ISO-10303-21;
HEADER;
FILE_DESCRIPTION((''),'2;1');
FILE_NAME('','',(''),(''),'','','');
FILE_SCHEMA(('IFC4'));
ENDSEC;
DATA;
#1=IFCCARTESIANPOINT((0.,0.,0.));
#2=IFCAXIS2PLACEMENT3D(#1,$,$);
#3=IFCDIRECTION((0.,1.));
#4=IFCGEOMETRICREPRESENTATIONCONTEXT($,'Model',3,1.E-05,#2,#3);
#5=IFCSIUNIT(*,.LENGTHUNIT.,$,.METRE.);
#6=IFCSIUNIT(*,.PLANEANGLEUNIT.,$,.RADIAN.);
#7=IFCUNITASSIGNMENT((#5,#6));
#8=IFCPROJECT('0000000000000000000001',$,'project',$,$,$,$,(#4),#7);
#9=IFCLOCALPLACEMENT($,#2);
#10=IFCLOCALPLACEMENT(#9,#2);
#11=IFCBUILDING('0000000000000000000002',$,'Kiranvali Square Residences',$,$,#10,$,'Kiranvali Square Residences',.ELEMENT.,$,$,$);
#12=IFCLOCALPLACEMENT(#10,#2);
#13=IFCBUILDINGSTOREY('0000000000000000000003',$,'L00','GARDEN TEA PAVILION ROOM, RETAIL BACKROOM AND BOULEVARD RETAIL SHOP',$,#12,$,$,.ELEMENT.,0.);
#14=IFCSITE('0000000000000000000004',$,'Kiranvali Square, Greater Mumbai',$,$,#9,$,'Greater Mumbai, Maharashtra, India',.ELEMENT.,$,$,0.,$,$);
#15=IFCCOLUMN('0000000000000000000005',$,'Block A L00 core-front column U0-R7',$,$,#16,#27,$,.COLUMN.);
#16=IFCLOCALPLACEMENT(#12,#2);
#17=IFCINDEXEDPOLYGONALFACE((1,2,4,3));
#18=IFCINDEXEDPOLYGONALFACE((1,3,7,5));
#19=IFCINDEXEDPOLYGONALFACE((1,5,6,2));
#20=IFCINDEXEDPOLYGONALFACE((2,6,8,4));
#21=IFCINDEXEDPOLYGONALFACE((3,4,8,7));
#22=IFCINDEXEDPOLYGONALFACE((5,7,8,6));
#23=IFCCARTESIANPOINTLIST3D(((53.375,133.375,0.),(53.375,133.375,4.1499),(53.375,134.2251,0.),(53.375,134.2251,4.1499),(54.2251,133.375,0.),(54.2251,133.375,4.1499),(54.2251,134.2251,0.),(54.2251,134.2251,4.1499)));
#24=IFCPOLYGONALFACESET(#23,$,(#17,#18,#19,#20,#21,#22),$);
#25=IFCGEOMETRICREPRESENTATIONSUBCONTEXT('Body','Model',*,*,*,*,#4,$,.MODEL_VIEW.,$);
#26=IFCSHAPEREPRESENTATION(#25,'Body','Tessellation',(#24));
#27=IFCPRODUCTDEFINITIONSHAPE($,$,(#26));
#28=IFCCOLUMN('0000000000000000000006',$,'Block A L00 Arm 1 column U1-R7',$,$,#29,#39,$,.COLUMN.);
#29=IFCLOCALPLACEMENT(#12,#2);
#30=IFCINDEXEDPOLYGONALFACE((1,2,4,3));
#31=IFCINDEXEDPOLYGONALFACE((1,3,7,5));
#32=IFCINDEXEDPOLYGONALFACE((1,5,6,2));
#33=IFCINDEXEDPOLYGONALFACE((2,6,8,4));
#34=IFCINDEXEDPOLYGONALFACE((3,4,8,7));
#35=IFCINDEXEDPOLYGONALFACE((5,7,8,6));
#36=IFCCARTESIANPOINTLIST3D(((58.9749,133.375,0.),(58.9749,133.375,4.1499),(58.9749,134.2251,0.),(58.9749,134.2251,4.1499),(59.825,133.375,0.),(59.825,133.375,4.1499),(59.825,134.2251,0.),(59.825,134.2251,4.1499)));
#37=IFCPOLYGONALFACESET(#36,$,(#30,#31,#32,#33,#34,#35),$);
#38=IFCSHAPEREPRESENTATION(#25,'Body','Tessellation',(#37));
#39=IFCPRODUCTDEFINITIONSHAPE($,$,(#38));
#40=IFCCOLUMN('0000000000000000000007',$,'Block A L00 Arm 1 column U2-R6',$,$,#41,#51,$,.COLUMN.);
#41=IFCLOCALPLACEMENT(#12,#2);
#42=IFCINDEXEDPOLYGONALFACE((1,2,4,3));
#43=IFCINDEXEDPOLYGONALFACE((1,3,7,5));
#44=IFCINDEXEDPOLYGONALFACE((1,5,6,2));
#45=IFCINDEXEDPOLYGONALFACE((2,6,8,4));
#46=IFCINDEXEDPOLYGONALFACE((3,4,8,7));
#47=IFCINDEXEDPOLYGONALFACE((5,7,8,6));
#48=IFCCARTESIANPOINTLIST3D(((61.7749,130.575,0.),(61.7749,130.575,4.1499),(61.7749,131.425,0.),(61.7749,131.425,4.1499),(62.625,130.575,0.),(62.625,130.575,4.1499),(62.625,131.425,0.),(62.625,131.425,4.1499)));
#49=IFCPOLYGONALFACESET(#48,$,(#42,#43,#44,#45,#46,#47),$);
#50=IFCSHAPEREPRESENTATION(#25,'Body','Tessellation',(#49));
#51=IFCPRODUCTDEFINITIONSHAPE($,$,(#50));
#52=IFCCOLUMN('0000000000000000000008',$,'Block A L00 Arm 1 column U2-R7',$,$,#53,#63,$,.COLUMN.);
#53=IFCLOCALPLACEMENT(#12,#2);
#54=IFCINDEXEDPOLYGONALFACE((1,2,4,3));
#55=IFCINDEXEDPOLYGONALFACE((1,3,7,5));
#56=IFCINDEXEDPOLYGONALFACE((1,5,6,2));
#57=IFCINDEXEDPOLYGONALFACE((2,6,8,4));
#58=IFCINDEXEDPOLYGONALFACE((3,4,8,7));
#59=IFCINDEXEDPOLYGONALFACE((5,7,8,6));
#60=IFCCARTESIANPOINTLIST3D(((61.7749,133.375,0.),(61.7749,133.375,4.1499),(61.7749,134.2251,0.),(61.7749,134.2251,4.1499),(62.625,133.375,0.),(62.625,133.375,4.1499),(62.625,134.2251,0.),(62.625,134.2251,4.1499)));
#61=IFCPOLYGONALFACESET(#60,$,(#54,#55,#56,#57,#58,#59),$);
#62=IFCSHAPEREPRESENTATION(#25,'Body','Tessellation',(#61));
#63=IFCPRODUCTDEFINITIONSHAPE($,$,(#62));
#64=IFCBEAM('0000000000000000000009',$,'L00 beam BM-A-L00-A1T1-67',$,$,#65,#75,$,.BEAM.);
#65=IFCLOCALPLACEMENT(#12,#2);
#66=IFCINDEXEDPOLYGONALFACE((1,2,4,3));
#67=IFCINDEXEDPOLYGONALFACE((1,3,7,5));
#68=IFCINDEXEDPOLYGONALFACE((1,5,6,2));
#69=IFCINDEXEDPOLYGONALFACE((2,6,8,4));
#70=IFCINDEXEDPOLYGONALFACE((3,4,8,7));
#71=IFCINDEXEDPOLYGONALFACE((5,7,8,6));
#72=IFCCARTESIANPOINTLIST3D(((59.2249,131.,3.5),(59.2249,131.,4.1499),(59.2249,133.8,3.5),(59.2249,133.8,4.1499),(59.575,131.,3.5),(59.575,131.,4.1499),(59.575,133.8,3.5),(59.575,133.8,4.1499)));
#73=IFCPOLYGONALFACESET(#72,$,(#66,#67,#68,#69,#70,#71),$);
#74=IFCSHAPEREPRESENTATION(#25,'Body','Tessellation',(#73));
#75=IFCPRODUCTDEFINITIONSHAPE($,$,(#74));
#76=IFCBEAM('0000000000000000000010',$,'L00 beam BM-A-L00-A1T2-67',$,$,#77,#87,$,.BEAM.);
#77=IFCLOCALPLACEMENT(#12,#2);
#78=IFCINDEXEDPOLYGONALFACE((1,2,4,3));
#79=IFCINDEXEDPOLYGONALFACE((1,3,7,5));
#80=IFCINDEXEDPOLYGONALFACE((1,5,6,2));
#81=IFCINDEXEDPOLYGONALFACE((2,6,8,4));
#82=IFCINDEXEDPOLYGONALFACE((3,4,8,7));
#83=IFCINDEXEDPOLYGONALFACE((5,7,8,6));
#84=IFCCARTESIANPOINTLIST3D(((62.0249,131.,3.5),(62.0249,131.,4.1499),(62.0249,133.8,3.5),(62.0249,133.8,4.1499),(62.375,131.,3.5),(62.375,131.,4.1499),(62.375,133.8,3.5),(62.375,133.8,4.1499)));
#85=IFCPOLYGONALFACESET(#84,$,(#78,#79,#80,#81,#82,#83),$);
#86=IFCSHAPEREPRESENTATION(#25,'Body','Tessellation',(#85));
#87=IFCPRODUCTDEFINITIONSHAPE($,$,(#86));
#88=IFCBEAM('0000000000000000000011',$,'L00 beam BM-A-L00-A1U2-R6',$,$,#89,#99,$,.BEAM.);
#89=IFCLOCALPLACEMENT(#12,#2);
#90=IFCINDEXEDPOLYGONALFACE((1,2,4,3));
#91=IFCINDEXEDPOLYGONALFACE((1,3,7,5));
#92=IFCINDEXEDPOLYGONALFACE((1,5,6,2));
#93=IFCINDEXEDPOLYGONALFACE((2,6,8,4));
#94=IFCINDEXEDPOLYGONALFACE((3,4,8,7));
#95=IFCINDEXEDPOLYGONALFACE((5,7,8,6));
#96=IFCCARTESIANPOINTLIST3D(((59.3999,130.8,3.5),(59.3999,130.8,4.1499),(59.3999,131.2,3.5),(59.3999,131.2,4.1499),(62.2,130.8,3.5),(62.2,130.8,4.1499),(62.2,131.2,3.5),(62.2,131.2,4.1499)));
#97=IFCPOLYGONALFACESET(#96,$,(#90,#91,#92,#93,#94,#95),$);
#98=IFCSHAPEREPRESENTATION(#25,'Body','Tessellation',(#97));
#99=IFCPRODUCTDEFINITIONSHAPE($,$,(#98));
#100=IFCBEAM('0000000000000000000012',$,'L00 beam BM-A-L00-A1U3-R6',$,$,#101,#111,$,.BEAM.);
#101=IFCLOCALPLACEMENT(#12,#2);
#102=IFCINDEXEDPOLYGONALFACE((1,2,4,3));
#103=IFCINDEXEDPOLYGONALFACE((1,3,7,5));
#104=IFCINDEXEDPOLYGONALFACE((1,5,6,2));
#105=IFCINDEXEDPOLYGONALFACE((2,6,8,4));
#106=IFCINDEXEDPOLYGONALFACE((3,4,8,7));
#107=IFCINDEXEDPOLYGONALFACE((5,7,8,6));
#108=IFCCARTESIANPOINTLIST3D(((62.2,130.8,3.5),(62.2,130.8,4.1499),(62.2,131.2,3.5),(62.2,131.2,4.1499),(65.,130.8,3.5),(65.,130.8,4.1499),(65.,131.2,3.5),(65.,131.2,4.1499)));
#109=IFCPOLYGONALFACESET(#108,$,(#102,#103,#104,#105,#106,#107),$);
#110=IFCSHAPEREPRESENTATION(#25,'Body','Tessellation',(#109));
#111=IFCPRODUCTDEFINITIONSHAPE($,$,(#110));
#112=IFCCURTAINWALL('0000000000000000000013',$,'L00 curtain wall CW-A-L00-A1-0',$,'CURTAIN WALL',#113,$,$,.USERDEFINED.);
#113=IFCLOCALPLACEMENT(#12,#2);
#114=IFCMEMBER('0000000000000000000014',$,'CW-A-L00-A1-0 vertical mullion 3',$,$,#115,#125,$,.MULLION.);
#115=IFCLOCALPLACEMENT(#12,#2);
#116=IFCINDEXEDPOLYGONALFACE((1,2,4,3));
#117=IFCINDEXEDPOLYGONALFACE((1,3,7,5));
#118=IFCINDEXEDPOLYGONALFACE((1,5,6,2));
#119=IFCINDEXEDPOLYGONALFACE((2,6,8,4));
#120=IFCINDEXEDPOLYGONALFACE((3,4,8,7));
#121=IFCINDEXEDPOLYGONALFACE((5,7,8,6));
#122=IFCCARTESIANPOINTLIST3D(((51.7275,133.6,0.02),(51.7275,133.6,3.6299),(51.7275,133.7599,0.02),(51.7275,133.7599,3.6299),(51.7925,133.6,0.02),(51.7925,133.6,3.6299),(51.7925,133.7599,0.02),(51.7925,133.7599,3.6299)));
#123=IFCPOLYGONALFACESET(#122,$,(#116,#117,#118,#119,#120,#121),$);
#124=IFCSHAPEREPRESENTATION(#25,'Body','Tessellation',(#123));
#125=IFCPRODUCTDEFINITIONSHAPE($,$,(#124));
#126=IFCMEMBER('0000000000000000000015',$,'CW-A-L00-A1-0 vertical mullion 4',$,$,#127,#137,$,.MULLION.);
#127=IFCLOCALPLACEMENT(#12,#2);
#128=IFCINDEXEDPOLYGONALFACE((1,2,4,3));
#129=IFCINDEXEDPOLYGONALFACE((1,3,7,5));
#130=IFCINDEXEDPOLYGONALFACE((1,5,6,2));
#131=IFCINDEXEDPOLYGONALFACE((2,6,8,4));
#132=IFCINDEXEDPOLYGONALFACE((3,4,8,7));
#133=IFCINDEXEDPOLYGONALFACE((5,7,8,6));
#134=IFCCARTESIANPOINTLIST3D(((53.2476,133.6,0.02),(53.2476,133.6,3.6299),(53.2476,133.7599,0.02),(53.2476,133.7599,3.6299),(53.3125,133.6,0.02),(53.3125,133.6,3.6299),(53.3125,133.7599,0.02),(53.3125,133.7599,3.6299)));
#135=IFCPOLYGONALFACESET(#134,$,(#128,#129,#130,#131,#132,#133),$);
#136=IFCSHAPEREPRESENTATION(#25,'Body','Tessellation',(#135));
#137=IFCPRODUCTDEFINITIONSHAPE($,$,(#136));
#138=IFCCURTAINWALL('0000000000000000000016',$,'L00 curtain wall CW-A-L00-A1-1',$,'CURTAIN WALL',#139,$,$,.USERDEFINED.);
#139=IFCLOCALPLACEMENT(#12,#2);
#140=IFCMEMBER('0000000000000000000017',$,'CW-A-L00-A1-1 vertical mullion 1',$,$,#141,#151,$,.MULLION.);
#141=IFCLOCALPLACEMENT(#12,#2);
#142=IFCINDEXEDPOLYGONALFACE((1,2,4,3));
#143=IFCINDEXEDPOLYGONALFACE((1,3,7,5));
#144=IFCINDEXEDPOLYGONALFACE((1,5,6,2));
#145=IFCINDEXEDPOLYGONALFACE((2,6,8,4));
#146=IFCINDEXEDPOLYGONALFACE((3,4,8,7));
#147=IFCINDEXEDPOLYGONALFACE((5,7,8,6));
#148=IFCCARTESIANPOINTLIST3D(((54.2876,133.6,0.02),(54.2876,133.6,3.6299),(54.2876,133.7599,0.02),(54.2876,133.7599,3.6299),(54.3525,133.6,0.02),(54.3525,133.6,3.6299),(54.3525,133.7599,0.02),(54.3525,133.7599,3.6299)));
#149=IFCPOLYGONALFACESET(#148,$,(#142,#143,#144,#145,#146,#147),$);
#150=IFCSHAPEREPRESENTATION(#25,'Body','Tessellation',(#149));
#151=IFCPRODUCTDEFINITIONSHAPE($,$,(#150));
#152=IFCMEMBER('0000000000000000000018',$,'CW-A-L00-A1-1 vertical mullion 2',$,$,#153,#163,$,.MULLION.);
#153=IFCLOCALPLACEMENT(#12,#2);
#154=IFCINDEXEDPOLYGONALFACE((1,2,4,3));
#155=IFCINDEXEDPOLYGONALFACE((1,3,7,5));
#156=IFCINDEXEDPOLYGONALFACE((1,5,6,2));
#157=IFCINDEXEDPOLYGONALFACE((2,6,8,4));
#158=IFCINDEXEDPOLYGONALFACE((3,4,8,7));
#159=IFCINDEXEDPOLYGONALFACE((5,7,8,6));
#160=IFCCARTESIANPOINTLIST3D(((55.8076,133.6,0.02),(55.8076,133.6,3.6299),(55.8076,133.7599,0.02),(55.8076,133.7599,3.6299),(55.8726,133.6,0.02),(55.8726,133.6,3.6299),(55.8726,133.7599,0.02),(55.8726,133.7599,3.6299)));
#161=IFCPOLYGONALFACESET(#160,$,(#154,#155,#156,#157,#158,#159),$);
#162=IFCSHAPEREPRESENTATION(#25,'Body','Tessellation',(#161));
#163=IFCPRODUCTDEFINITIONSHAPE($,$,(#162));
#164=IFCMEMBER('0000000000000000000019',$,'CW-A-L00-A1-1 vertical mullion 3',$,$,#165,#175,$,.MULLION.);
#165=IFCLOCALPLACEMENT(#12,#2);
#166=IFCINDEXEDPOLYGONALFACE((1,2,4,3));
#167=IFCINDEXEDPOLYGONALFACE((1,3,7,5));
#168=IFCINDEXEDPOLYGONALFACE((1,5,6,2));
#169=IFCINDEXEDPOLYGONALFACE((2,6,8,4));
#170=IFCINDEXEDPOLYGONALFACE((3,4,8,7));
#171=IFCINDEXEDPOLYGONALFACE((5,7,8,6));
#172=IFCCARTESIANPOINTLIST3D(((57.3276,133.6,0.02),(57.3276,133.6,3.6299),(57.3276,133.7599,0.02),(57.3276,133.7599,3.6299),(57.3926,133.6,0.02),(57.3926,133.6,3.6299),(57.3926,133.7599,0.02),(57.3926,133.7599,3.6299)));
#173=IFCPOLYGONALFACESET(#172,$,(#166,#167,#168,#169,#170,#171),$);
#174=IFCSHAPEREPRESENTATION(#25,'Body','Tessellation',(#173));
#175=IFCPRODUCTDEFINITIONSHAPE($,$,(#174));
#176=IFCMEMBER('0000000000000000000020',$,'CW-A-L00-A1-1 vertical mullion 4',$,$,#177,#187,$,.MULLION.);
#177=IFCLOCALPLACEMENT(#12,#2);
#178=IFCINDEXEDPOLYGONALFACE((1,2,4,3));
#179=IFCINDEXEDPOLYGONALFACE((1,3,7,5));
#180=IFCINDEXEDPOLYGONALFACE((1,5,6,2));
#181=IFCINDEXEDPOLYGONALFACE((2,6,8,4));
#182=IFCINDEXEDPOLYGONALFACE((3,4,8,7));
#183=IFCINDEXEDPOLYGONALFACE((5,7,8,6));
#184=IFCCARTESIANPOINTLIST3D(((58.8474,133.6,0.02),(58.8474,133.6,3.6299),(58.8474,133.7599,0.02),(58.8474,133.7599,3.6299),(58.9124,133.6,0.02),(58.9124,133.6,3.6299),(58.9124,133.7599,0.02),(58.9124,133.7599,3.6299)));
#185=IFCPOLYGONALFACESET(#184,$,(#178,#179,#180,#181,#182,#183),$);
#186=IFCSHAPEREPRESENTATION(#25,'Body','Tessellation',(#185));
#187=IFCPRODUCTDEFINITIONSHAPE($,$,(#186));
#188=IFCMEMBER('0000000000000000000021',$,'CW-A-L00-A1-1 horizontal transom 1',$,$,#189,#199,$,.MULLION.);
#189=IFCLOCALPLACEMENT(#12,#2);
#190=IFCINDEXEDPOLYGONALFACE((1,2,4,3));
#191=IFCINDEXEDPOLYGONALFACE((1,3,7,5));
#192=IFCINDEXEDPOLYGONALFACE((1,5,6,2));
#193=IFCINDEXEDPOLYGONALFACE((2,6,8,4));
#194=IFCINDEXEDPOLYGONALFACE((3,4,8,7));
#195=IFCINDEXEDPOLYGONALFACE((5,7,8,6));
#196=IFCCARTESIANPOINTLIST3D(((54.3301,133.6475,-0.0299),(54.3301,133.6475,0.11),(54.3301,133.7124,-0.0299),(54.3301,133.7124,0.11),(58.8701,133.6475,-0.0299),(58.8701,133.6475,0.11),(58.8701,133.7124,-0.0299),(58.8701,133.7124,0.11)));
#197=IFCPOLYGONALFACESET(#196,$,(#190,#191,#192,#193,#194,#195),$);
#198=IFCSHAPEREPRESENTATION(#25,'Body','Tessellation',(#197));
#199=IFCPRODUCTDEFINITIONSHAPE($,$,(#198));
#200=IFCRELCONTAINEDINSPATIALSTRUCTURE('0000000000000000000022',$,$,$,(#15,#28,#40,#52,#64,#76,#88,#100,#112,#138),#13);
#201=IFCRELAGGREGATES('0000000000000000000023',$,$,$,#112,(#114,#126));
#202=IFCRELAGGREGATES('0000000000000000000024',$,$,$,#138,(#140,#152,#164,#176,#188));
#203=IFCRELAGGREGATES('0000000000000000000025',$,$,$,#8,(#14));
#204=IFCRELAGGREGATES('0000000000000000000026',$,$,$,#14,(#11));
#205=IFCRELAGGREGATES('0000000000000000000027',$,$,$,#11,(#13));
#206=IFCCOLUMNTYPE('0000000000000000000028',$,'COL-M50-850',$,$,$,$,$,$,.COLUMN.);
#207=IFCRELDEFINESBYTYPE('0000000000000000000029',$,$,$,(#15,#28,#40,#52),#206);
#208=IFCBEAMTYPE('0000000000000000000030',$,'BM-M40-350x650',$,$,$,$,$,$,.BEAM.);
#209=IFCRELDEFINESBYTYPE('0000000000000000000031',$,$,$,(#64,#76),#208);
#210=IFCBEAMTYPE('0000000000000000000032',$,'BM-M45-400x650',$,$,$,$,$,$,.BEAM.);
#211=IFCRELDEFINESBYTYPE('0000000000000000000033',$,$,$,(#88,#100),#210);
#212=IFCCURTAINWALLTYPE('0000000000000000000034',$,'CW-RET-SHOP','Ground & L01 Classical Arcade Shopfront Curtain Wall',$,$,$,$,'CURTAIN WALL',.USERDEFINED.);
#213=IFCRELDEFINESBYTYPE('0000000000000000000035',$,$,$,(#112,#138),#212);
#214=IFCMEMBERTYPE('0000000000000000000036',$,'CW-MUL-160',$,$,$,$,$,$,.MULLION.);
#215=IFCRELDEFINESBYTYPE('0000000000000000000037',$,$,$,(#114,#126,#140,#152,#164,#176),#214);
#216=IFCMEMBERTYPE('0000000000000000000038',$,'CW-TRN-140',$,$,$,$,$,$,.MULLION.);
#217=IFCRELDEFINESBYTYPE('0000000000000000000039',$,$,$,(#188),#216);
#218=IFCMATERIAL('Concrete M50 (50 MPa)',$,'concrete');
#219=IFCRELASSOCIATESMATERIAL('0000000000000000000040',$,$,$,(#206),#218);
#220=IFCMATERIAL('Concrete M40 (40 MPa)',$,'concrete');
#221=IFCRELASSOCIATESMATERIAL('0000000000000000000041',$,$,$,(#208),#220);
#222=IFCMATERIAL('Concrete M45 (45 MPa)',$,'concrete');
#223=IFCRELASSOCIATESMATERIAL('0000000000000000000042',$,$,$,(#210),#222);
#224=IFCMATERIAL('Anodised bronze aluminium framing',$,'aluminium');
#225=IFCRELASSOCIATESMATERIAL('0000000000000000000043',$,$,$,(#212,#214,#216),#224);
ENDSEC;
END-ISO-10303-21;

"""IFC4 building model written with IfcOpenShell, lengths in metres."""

from ifc_helpers import new_model, si_unit, direction, frame, origin, origin_2d, place, context, subcontext, project, spatial, rectangle, extrude, material, material_profile, profile_set, type_object, element, aggregate, save


model = new_model("IFC4")

# Units and contexts
model_context = context("Model", 3, precision=1e-05, world=origin(), true_north=direction((0.0, 1.0)))
body_context = subcontext(model_context, "Body", "Model", "MODEL_VIEW")
ifc_project = project(units=[si_unit("LENGTHUNIT", "METRE"), si_unit("PLANEANGLEUNIT", "RADIAN")], contexts=[model_context])

# Site, building, storey
site_placement = place(None, origin())
site = spatial("IfcSite", under=ifc_project, at=site_placement, Name="Kiranvali Square, Greater Mumbai", LongName="Greater Mumbai, Maharashtra, India", CompositionType="ELEMENT", RefElevation=0.0)
building_placement = place(site_placement, origin())
building = spatial("IfcBuilding", under=site, at=building_placement, Name="Kiranvali Square Residences", LongName="Kiranvali Square Residences", CompositionType="ELEMENT")
storey_placement = place(building_placement, origin())
storey = spatial("IfcBuildingStorey", under=building, at=storey_placement, Name="L00", Description="GARDEN TEA PAVILION ROOM, RETAIL BACKROOM AND BOULEVARD RETAIL SHOP", CompositionType="ELEMENT", Elevation=0.0)

# Columns
ifc_material_1 = material(Name="Concrete M50 (50 MPa)", Category="concrete")
ifc_material_profile_1 = material_profile(ifc_material_1, rectangle(XDim=0.8501, YDim=0.8501, at=origin_2d()), Name="RC 850x850")
ifc_profile_set_1 = profile_set([ifc_material_profile_1], Name="Concrete M50 (50 MPa)")
column_type = type_object("IfcColumnType", Name="COL-M50-850", PredefinedType="COLUMN", material=ifc_profile_set_1)
for number, where, z_axis, x_axis, name in (
    (1, (53.8, 133.8, 0.0), (0.0, 0.0, 1.0), (1.0, 0.0, 0.0), "Block A L00 core-front column U0-R7"),
    (2, (59.3999, 133.8, 0.0), (0.0, 0.0, 1.0), (1.0, 0.0, 0.0), "Block A L00 Arm 1 column U1-R7"),
    (3, (62.2, 131.0, 0.0), (0.0, 0.0, 1.0), (1.0, 0.0, 0.0), "Block A L00 Arm 1 column U2-R6"),
    (4, (62.2, 133.8, 0.0), (0.0, 0.0, 1.0), (1.0, 0.0, 0.0), "Block A L00 Arm 1 column U2-R7"),
):
    element("IfcColumn", number, at=place(storey_placement, frame(where, z_axis=z_axis, x_axis=x_axis)), inside=storey, type_object=column_type, Name=name, PredefinedType="COLUMN", context=body_context, shape_type="SweptSolid", body=[
        extrude(rectangle(XDim=0.8501, YDim=0.8501, at=origin_2d()), origin(), (0.0, 0.0, 1.0), 4.1499),
    ])

# Beams
ifc_material_2 = material(Name="Concrete M40 (40 MPa)", Category="concrete")
ifc_material_profile_2 = material_profile(ifc_material_2, rectangle(XDim=0.3501, YDim=0.6499, at=origin_2d()), Name="RC 350x650")
ifc_profile_set_2 = profile_set([ifc_material_profile_2], Name="Concrete M40 (40 MPa)")
beam_type_1 = type_object("IfcBeamType", Name="BM-M40-350x650", PredefinedType="BEAM", material=ifc_profile_set_2)
for number, where, z_axis, x_axis, name in (
    (5, (59.3999, 131.0, 3.825), (0.0, 1.0, 0.0), (-1.0, 0.0, 0.0), "L00 beam BM-A-L00-A1T1-67"),
    (6, (62.2, 131.0, 3.825), (0.0, 1.0, 0.0), (-1.0, 0.0, 0.0), "L00 beam BM-A-L00-A1T2-67"),
):
    element("IfcBeam", number, at=place(storey_placement, frame(where, z_axis=z_axis, x_axis=x_axis)), inside=storey, type_object=beam_type_1, Name=name, PredefinedType="BEAM", context=body_context, shape_type="SweptSolid", body=[
        extrude(rectangle(XDim=0.3501, YDim=0.6499, at=origin_2d()), origin(), (0.0, 0.0, 1.0), 2.8),
    ])
ifc_material_3 = material(Name="Concrete M45 (45 MPa)", Category="concrete")
ifc_material_profile_3 = material_profile(ifc_material_3, rectangle(XDim=0.3999, YDim=0.6499, at=origin_2d()), Name="RC 400x650")
ifc_profile_set_3 = profile_set([ifc_material_profile_3], Name="Concrete M45 (45 MPa)")
beam_type_2 = type_object("IfcBeamType", Name="BM-M45-400x650", PredefinedType="BEAM", material=ifc_profile_set_3)
for number, where, z_axis, x_axis, name in (
    (7, (59.3999, 131.0, 3.825), (1.0, 0.0, 0.0), (0.0, 1.0, 0.0), "L00 beam BM-A-L00-A1U2-R6"),
    (8, (62.2, 131.0, 3.825), (1.0, 0.0, 0.0), (0.0, 1.0, 0.0), "L00 beam BM-A-L00-A1U3-R6"),
):
    element("IfcBeam", number, at=place(storey_placement, frame(where, z_axis=z_axis, x_axis=x_axis)), inside=storey, type_object=beam_type_2, Name=name, PredefinedType="BEAM", context=body_context, shape_type="SweptSolid", body=[
        extrude(rectangle(XDim=0.3999, YDim=0.6499, at=origin_2d()), origin(), (0.0, 0.0, 1.0), 2.8),
    ])

# Curtain walls, members
ifc_material_4 = material(Name="Anodised bronze aluminium framing", Category="aluminium")
curtain_wall_type = type_object("IfcCurtainWallType", Name="CW-RET-SHOP", Description="Ground & L01 Classical Arcade Shopfront Curtain Wall", ElementType="CURTAIN WALL", PredefinedType="USERDEFINED", material=ifc_material_4)
curtain_wall_1_placement = place(storey_placement, origin())
curtain_wall_1 = element("IfcCurtainWall", 9, at=curtain_wall_1_placement, inside=storey, type_object=curtain_wall_type, Name="L00 curtain wall CW-A-L00-A1-0", ObjectType="CURTAIN WALL", PredefinedType="USERDEFINED")
ifc_material_profile_4 = material_profile(ifc_material_4, rectangle(XDim=0.0649, YDim=0.1599, at=origin_2d()), Name="ALU 65x160")
ifc_profile_set_4 = profile_set([ifc_material_profile_4], Name="Anodised bronze aluminium framing")
member_type_1 = type_object("IfcMemberType", Name="CW-MUL-160", PredefinedType="MULLION", material=ifc_profile_set_4)
member_1_placement = place(storey_placement, frame((51.76, 133.6799, 0.02), z_axis=(0.0, 0.0, 1.0), x_axis=(1.0, 0.0, 0.0)))
member_1 = element("IfcMember", 10, at=member_1_placement, type_object=member_type_1, Name="CW-A-L00-A1-0 vertical mullion 3", PredefinedType="MULLION", context=body_context, shape_type="SweptSolid", body=[
    extrude(rectangle(XDim=0.0649, YDim=0.1599, at=origin_2d()), origin(), (0.0, 0.0, 1.0), 3.6099),
])
member_2_placement = place(storey_placement, frame((53.28, 133.6799, 0.02), z_axis=(0.0, 0.0, 1.0), x_axis=(1.0, 0.0, 0.0)))
member_2 = element("IfcMember", 11, at=member_2_placement, type_object=member_type_1, Name="CW-A-L00-A1-0 vertical mullion 4", PredefinedType="MULLION", context=body_context, shape_type="SweptSolid", body=[
    extrude(rectangle(XDim=0.0649, YDim=0.1599, at=origin_2d()), origin(), (0.0, 0.0, 1.0), 3.6099),
])
curtain_wall_2_placement = place(storey_placement, origin())
curtain_wall_2 = element("IfcCurtainWall", 12, at=curtain_wall_2_placement, inside=storey, type_object=curtain_wall_type, Name="L00 curtain wall CW-A-L00-A1-1", ObjectType="CURTAIN WALL", PredefinedType="USERDEFINED")
member_3_placement = place(storey_placement, frame((54.3201, 133.6799, 0.02), z_axis=(0.0, 0.0, 1.0), x_axis=(1.0, 0.0, 0.0)))
member_3 = element("IfcMember", 13, at=member_3_placement, type_object=member_type_1, Name="CW-A-L00-A1-1 vertical mullion 1", PredefinedType="MULLION", context=body_context, shape_type="SweptSolid", body=[
    extrude(rectangle(XDim=0.0649, YDim=0.1599, at=origin_2d()), origin(), (0.0, 0.0, 1.0), 3.6099),
])
member_4_placement = place(storey_placement, frame((55.8401, 133.6799, 0.02), z_axis=(0.0, 0.0, 1.0), x_axis=(1.0, 0.0, 0.0)))
member_4 = element("IfcMember", 14, at=member_4_placement, type_object=member_type_1, Name="CW-A-L00-A1-1 vertical mullion 2", PredefinedType="MULLION", context=body_context, shape_type="SweptSolid", body=[
    extrude(rectangle(XDim=0.0649, YDim=0.1599, at=origin_2d()), origin(), (0.0, 0.0, 1.0), 3.6099),
])
member_5_placement = place(storey_placement, frame((57.3601, 133.6799, 0.02), z_axis=(0.0, 0.0, 1.0), x_axis=(1.0, 0.0, 0.0)))
member_5 = element("IfcMember", 15, at=member_5_placement, type_object=member_type_1, Name="CW-A-L00-A1-1 vertical mullion 3", PredefinedType="MULLION", context=body_context, shape_type="SweptSolid", body=[
    extrude(rectangle(XDim=0.0649, YDim=0.1599, at=origin_2d()), origin(), (0.0, 0.0, 1.0), 3.6099),
])
member_6_placement = place(storey_placement, frame((58.8799, 133.6799, 0.02), z_axis=(0.0, 0.0, 1.0), x_axis=(1.0, 0.0, 0.0)))
member_6 = element("IfcMember", 16, at=member_6_placement, type_object=member_type_1, Name="CW-A-L00-A1-1 vertical mullion 4", PredefinedType="MULLION", context=body_context, shape_type="SweptSolid", body=[
    extrude(rectangle(XDim=0.0649, YDim=0.1599, at=origin_2d()), origin(), (0.0, 0.0, 1.0), 3.6099),
])
ifc_material_profile_5 = material_profile(ifc_material_4, rectangle(XDim=0.0649, YDim=0.1399, at=origin_2d()), Name="ALU 65x140")
ifc_profile_set_5 = profile_set([ifc_material_profile_5], Name="Anodised bronze aluminium framing")
member_type_2 = type_object("IfcMemberType", Name="CW-TRN-140", PredefinedType="MULLION", material=ifc_profile_set_5)
member_7_placement = place(storey_placement, frame((54.3301, 133.6799, 0.04), z_axis=(1.0, 0.0, 0.0), x_axis=(0.0, 1.0, 0.0)))
member_7 = element("IfcMember", 17, at=member_7_placement, type_object=member_type_2, Name="CW-A-L00-A1-1 horizontal transom 1", PredefinedType="MULLION", context=body_context, shape_type="SweptSolid", body=[
    extrude(rectangle(XDim=0.0649, YDim=0.1399, at=origin_2d()), origin(), (0.0, 0.0, 1.0), 4.54),
])

aggregate(curtain_wall_1, [member_1, member_2])
aggregate(curtain_wall_2, [member_3, member_4, member_5, member_6, member_7])

save(model, "model.ifc")
